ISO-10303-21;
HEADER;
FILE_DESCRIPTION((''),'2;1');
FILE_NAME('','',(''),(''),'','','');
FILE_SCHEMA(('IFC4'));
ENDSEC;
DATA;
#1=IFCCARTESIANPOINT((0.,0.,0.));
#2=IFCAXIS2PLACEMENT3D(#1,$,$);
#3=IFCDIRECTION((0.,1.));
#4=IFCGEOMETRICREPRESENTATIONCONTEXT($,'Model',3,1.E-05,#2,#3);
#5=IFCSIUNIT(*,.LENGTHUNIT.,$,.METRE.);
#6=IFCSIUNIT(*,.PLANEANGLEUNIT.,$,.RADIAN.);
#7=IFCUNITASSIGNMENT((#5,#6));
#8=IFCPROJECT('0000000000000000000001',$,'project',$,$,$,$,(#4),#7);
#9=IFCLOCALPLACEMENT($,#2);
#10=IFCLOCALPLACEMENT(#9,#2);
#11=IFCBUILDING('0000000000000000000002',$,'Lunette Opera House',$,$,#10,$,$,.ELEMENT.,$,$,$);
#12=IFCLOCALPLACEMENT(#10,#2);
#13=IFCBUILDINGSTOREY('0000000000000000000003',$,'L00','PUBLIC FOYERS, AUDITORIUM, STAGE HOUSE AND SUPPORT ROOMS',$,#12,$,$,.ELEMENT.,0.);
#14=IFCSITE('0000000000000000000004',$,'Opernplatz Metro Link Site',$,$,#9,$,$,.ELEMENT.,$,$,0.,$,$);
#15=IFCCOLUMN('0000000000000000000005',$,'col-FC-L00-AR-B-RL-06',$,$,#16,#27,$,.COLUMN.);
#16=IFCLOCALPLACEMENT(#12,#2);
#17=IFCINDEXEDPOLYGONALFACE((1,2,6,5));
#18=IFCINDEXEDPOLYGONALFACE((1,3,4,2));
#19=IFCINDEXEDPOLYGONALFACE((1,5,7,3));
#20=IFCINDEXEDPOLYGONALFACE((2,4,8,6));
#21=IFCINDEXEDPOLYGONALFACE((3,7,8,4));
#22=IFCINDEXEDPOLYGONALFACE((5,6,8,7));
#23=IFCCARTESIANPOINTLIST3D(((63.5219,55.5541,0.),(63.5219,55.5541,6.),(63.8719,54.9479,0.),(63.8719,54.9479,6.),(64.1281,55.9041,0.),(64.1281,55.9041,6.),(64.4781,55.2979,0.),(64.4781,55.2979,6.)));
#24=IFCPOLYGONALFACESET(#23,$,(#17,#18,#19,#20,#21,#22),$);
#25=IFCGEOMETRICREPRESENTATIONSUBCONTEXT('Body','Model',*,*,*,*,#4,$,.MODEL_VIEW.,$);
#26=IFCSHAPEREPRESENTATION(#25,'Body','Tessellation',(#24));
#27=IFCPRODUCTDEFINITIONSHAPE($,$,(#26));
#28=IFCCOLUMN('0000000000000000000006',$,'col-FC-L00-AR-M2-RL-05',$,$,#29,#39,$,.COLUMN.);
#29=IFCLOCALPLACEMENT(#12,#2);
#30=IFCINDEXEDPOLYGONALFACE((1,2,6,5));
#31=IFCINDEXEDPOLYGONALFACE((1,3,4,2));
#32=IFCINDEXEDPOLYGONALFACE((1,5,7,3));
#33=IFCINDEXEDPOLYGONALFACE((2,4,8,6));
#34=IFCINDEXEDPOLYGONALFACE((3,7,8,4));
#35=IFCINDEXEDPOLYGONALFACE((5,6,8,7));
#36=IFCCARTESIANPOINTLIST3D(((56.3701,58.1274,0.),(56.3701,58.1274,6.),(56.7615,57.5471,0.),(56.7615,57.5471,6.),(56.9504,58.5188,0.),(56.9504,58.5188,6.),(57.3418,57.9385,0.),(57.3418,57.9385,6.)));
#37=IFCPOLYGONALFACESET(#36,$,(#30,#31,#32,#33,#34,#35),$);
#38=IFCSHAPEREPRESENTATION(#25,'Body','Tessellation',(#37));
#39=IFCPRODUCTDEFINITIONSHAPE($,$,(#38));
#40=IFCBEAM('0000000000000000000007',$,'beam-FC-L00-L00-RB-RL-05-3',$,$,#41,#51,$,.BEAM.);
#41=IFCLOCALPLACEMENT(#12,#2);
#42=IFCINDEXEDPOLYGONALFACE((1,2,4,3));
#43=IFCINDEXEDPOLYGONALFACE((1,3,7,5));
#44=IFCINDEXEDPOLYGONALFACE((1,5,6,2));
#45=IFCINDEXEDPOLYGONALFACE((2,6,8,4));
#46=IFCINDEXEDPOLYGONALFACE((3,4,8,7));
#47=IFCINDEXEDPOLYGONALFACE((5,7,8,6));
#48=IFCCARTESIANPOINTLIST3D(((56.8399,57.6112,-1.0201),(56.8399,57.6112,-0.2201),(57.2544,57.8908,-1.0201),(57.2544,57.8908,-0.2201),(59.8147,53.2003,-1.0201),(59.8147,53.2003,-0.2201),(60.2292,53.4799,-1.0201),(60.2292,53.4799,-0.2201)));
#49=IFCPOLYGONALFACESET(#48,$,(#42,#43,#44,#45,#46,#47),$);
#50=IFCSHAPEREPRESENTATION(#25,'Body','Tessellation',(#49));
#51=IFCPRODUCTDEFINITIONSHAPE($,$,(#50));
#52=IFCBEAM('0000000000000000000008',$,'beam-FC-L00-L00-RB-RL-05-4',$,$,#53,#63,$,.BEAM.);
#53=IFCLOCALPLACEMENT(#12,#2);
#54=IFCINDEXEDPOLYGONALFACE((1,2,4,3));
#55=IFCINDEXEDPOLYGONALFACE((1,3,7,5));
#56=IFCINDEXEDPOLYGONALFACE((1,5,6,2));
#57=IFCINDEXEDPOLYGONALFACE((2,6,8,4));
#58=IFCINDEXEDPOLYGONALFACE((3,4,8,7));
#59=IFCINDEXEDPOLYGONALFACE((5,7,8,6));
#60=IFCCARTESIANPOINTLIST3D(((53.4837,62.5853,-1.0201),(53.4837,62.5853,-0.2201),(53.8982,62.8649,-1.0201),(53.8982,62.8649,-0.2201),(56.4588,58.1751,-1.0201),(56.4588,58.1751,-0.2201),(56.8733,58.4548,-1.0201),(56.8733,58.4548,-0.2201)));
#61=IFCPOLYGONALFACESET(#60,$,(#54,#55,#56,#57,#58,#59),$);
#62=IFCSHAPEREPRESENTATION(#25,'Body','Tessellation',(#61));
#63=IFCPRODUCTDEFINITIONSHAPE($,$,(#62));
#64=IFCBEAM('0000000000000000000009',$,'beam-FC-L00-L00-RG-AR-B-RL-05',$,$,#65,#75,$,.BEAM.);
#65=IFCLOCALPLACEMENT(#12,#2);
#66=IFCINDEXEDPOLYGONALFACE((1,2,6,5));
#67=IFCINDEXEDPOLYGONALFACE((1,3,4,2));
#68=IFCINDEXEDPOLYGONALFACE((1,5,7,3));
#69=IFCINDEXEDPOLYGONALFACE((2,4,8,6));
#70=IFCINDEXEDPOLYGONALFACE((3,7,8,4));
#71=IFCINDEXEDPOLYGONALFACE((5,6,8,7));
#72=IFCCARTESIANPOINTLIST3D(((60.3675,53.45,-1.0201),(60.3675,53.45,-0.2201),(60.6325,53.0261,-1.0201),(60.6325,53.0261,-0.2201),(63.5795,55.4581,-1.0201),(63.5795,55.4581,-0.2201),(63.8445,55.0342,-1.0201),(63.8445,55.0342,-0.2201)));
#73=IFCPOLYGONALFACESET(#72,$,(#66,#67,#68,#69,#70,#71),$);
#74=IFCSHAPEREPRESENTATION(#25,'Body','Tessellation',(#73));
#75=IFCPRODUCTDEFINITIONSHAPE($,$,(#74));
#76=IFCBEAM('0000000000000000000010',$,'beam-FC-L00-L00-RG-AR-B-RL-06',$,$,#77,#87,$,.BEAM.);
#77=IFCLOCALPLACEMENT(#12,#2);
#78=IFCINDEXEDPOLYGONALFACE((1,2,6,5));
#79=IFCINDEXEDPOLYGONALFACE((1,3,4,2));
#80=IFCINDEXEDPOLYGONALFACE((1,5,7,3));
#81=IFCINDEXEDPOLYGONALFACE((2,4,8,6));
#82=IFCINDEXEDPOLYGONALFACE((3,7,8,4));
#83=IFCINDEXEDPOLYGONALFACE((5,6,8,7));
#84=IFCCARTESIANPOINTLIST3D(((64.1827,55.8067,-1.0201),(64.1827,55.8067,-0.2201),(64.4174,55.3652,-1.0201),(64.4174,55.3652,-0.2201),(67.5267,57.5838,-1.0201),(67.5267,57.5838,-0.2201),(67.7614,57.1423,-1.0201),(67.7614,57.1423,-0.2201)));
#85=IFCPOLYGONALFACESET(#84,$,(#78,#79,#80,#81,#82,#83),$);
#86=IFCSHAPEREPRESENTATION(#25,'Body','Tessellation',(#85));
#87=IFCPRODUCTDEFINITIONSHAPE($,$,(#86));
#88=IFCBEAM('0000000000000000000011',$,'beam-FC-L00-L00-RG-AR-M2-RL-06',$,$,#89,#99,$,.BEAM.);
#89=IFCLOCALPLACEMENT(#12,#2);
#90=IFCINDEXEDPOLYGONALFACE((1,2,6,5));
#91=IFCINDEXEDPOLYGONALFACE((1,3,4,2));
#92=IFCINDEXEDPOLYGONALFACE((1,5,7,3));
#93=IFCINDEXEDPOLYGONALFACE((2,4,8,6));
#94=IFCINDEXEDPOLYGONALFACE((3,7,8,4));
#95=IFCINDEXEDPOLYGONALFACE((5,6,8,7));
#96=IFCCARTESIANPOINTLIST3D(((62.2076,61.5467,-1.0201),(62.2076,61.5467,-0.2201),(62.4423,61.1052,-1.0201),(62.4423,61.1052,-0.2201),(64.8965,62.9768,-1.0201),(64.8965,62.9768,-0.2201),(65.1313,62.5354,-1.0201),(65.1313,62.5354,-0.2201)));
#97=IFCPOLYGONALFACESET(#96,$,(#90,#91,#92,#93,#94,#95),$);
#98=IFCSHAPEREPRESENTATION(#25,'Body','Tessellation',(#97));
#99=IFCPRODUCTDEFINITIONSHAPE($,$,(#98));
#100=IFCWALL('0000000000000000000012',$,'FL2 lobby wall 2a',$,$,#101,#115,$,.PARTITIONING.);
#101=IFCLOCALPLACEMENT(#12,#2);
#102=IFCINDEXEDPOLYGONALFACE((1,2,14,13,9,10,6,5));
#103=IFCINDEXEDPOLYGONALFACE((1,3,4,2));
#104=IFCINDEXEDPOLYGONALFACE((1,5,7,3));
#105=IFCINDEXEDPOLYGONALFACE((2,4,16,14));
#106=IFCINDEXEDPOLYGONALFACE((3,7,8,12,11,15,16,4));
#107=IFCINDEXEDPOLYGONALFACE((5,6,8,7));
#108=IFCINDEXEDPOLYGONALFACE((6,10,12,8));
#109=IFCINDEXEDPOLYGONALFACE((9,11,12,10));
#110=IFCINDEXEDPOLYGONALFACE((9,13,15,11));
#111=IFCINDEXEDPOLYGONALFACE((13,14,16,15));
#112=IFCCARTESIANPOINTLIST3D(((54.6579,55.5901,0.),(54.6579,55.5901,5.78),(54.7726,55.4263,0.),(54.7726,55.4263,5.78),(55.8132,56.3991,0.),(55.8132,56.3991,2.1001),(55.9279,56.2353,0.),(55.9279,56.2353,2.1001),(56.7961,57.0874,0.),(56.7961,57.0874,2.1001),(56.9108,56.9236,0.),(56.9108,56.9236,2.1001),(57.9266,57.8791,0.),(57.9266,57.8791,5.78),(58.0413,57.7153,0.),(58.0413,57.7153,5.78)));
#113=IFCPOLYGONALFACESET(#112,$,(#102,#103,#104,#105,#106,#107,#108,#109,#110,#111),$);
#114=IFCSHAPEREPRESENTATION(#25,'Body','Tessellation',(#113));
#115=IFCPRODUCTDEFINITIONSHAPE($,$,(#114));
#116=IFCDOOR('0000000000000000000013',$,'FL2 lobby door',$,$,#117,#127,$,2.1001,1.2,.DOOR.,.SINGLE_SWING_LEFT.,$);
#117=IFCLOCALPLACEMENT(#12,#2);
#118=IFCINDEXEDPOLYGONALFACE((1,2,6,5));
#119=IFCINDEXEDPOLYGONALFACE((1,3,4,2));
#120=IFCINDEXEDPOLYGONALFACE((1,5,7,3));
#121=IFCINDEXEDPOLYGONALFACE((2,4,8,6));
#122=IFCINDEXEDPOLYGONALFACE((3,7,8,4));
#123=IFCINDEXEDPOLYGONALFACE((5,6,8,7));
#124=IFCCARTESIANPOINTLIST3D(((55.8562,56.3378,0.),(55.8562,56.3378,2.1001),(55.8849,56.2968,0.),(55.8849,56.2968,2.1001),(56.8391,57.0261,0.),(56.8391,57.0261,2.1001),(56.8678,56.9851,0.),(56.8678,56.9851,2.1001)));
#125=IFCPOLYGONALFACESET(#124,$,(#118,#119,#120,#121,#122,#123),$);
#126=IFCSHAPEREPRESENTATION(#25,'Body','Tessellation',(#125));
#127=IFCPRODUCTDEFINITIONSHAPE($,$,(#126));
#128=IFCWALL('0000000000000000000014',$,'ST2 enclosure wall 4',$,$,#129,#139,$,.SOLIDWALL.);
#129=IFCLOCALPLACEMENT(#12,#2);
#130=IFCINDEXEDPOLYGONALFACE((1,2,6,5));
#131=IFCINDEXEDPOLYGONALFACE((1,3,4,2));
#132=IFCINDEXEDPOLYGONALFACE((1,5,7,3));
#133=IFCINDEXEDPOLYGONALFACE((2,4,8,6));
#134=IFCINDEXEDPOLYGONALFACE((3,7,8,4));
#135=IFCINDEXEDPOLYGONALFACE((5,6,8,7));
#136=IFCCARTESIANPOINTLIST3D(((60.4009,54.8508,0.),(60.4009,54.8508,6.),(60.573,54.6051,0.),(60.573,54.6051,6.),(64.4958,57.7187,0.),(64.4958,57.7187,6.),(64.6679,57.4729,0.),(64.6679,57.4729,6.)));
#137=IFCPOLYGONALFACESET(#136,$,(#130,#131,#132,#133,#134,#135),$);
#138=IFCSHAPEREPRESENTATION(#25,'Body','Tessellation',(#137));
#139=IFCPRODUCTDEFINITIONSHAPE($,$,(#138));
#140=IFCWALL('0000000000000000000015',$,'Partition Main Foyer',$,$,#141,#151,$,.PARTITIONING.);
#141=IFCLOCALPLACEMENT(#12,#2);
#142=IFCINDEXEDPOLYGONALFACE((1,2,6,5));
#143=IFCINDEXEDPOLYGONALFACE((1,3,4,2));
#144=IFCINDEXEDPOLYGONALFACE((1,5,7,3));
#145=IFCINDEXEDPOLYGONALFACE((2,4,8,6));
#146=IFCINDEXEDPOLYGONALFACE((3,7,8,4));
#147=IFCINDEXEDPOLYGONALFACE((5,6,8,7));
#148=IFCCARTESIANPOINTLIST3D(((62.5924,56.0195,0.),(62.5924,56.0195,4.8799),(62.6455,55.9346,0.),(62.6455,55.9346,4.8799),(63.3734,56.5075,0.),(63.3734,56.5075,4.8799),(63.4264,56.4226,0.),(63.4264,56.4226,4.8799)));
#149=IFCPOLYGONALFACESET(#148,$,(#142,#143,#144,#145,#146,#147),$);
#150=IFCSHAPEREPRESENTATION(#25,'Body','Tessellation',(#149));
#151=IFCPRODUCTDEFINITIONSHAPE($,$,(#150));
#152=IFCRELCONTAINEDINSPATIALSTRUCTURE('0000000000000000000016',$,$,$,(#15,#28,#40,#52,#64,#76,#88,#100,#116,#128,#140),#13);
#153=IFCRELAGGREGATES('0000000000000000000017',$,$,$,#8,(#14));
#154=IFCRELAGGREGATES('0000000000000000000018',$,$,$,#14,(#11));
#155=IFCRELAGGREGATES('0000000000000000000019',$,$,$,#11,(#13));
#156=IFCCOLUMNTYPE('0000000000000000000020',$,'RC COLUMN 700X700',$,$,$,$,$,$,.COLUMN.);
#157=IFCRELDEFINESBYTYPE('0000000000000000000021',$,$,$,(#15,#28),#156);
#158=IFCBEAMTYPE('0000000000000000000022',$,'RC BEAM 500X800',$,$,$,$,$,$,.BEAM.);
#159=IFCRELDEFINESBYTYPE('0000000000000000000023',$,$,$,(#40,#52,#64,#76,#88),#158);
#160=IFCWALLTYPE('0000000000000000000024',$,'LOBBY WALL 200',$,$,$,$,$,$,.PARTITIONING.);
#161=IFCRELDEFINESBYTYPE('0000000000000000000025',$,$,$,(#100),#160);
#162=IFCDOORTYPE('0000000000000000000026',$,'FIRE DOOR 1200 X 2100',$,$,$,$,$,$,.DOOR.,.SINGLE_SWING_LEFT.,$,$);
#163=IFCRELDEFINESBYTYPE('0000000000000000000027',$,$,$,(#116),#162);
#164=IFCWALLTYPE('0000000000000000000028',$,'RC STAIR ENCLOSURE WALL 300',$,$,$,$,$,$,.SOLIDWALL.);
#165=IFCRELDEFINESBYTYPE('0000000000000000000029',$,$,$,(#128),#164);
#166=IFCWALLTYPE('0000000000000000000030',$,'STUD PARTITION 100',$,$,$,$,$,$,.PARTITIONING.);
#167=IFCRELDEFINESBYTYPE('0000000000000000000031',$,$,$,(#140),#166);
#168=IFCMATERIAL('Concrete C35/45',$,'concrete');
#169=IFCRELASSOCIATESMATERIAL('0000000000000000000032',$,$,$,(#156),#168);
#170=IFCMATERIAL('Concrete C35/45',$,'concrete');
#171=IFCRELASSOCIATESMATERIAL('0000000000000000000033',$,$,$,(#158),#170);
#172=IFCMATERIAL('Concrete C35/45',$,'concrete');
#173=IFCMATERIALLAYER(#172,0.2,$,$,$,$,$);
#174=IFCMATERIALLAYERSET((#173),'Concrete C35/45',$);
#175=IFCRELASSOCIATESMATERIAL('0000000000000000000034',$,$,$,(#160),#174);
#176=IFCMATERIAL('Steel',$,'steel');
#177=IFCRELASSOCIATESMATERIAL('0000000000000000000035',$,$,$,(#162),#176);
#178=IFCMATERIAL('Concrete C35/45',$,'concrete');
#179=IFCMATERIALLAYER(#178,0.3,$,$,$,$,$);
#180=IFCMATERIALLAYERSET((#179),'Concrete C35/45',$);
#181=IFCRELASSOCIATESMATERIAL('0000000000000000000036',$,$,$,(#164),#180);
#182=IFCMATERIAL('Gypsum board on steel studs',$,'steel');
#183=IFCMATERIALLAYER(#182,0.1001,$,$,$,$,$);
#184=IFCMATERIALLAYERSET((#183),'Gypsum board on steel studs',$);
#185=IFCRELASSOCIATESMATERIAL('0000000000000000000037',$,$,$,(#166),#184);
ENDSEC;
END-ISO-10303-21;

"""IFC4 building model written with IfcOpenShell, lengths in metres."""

from ifc_helpers import new_model, si_unit, direction, frame, frame_2d, origin, origin_2d, place, context, subcontext, project, spatial, rectangle, extrude, material, layer, layer_set, material_profile, profile_set, type_object, element, fill, save


model = new_model("IFC4")

# Units and contexts
model_context = context("Model", 3, precision=1e-05, world=origin(), true_north=direction((0.0, 1.0)))
body_context = subcontext(model_context, "Body", "Model", "MODEL_VIEW")
ifc_project = project(units=[si_unit("LENGTHUNIT", "METRE"), si_unit("PLANEANGLEUNIT", "RADIAN")], contexts=[model_context])

# Site, building, storey
site_placement = place(None, origin())
site = spatial("IfcSite", under=ifc_project, at=site_placement, Name="Opernplatz Metro Link Site", CompositionType="ELEMENT", RefElevation=0.0)
building_placement = place(site_placement, origin())
building = spatial("IfcBuilding", under=site, at=building_placement, Name="Lunette Opera House", CompositionType="ELEMENT")
storey_placement = place(building_placement, origin())
storey = spatial("IfcBuildingStorey", under=building, at=storey_placement, Name="L00", Description="PUBLIC FOYERS, AUDITORIUM, STAGE HOUSE AND SUPPORT ROOMS", CompositionType="ELEMENT", Elevation=0.0)

# Columns
ifc_material_1 = material(Name="Concrete C35/45", Category="concrete")
ifc_material_profile_1 = material_profile(ifc_material_1, rectangle(XDim=0.7, YDim=0.7, at=origin_2d()), Name="RC COLUMN 700X700")
ifc_profile_set_1 = profile_set([ifc_material_profile_1], Name="Concrete C35/45")
column_type = type_object("IfcColumnType", Name="RC COLUMN 700X700", PredefinedType="COLUMN", material=ifc_profile_set_1)
for number, where, z_axis, x_axis, name in (
    (1, (64.0, 55.426, 0.0), (0.0, 0.0, 1.0), (0.866025, 0.5, 0.0), "col-FC-L00-AR-B-RL-06"),
    (2, (56.856, 58.033, 0.0), (0.0, 0.0, 1.0), (0.829038, 0.559193, 0.0), "col-FC-L00-AR-M2-RL-05"),
):
    element("IfcColumn", number, at=place(storey_placement, frame(where, z_axis=z_axis, x_axis=x_axis)), inside=storey, type_object=column_type, Name=name, PredefinedType="COLUMN", context=body_context, shape_type="SweptSolid", body=[
        extrude(rectangle(XDim=0.7, YDim=0.7, at=origin_2d()), origin(), (0.0, 0.0, 1.0), 6.0),
    ])

# Beams
ifc_material_2 = material(Name="Concrete C35/45", Category="concrete")
ifc_material_profile_2 = material_profile(ifc_material_2, rectangle(XDim=0.5, YDim=0.8, at=origin_2d()), Name="RC BEAM 500X800")
ifc_profile_set_2 = profile_set([ifc_material_profile_2], Name="Concrete C35/45")
beam_type = type_object("IfcBeamType", Name="RC BEAM 500X800", PredefinedType="BEAM", material=ifc_profile_set_2)
beam_1_placement = place(storey_placement, frame((60.022, 53.3401, -0.6201), z_axis=(-0.55915, 0.829066, 0.0), x_axis=(-0.829066, -0.55915, 0.0)))
element("IfcBeam", 3, at=beam_1_placement, inside=storey, type_object=beam_type, Name="beam-FC-L00-L00-RB-RL-05-3", PredefinedType="BEAM", context=body_context, shape_type="SweptSolid", body=[
    extrude(rectangle(XDim=0.5, YDim=0.8, at=origin_2d()), origin(), (0.0, 0.0, 1.0), 5.3203),
])
beam_2_placement = place(storey_placement, frame((56.666, 58.3149, -0.6201), z_axis=(-0.559246, 0.829002, 0.0), x_axis=(-0.829002, -0.559246, 0.0)))
element("IfcBeam", 4, at=beam_2_placement, inside=storey, type_object=beam_type, Name="beam-FC-L00-L00-RB-RL-05-4", PredefinedType="BEAM", context=body_context, shape_type="SweptSolid", body=[
    extrude(rectangle(XDim=0.5, YDim=0.8, at=origin_2d()), origin(), (0.0, 0.0, 1.0), 5.3198),
])
beam_3_placement = place(storey_placement, frame((60.5, 53.238, -0.6201), z_axis=(0.847926, 0.530115, 0.0), x_axis=(-0.530115, 0.847926, 0.0)))
element("IfcBeam", 5, at=beam_3_placement, inside=storey, type_object=beam_type, Name="beam-FC-L00-L00-RG-AR-B-RL-05", PredefinedType="BEAM", context=body_context, shape_type="SweptSolid", body=[
    extrude(rectangle(XDim=0.5, YDim=0.8, at=origin_2d()), origin(), (0.0, 0.0, 1.0), 3.7881),
])
beam_4_placement = place(storey_placement, frame((64.3, 55.5859, -0.6201), z_axis=(0.88305, 0.469279, 0.0), x_axis=(-0.469279, 0.88305, 0.0)))
element("IfcBeam", 6, at=beam_4_placement, inside=storey, type_object=beam_type, Name="beam-FC-L00-L00-RG-AR-B-RL-06", PredefinedType="BEAM", context=body_context, shape_type="SweptSolid", body=[
    extrude(rectangle(XDim=0.5, YDim=0.8, at=origin_2d()), origin(), (0.0, 0.0, 1.0), 3.7869),
])
beam_5_placement = place(storey_placement, frame((62.325, 61.3259, -0.6201), z_axis=(0.882889, 0.469581, 0.0), x_axis=(-0.469581, 0.882889, 0.0)))
element("IfcBeam", 7, at=beam_5_placement, inside=storey, type_object=beam_type, Name="beam-FC-L00-L00-RG-AR-M2-RL-06", PredefinedType="BEAM", context=body_context, shape_type="SweptSolid", body=[
    extrude(rectangle(XDim=0.5, YDim=0.8, at=origin_2d()), origin(), (0.0, 0.0, 1.0), 3.0457),
])

# Wall, opening, door
ifc_material_3 = material(Name="Concrete C35/45", Category="concrete")
ifc_layer_1 = layer(ifc_material_3, 0.2)
ifc_layer_set_1 = layer_set([ifc_layer_1], Name="Concrete C35/45")
wall_type_1 = type_object("IfcWallType", Name="LOBBY WALL 200", PredefinedType="PARTITIONING", material=ifc_layer_set_1)
wall_1_placement = place(storey_placement, frame((57.9839, 57.7971, 0.0), z_axis=(0.0, 0.0, 1.0), x_axis=(-0.819126, -0.573614, 0.0)))
wall_1 = element("IfcWall", 8, at=wall_1_placement, inside=storey, type_object=wall_type_1, Name="FL2 lobby wall 2a", PredefinedType="PARTITIONING", context=body_context, shape_type="SweptSolid", body=[
    extrude(rectangle(XDim=3.9905, YDim=0.2, at=frame_2d((1.9951, 0.0))), origin(), (0.0, 0.0, 1.0), 5.78),
])
opening_placement = place(wall_1_placement, frame((1.3799, 0.0, 0.0)))
opening = element("IfcOpeningElement", 9, at=opening_placement, cuts=wall_1, PredefinedType="OPENING", context=body_context, shape_type="SweptSolid", body=[
    extrude(rectangle(XDim=1.2, YDim=2.1001, at=frame_2d((0.6001, 1.05))), frame((0.0, 0.1121, 0.0), z_axis=(0.0, -1.0, 0.0), x_axis=(1.0, 0.0, 0.0)), (0.0, 0.0, 1.0), 0.2239),
])
ifc_material_4 = material(Name="Steel", Category="steel")
door_type = type_object("IfcDoorType", Name="FIRE DOOR 1200 X 2100", OperationType="SINGLE_SWING_LEFT", PredefinedType="DOOR", material=ifc_material_4)
door_placement = place(opening_placement, origin())
door = element("IfcDoor", 10, at=door_placement, inside=storey, type_object=door_type, Name="FL2 lobby door", OperationType="SINGLE_SWING_LEFT", OverallHeight=2.1001, OverallWidth=1.2, PredefinedType="DOOR", context=body_context, shape_type="SweptSolid", body=[
    extrude(rectangle(XDim=1.2, YDim=2.1001, at=frame_2d((0.6001, 1.05))), frame((0.0, 0.0249, 0.0), z_axis=(0.0, -1.0, 0.0), x_axis=(1.0, 0.0, 0.0)), (0.0, 0.0, 1.0), 0.05),
])
fill(opening, door)

# Walls
ifc_material_5 = material(Name="Concrete C35/45", Category="concrete")
ifc_layer_2 = layer(ifc_material_5, 0.3)
ifc_layer_set_2 = layer_set([ifc_layer_2], Name="Concrete C35/45")
wall_type_2 = type_object("IfcWallType", Name="RC STAIR ENCLOSURE WALL 300", PredefinedType="SOLIDWALL", material=ifc_layer_set_2)
wall_2_placement = place(storey_placement, frame((60.4871, 54.728, 0.0), z_axis=(0.0, 0.0, 1.0), x_axis=(0.819097, 0.573656, 0.0)))
element("IfcWall", 11, at=wall_2_placement, inside=storey, type_object=wall_type_2, Name="ST2 enclosure wall 4", PredefinedType="SOLIDWALL", context=body_context, shape_type="SweptSolid", body=[
    extrude(rectangle(XDim=4.9993, YDim=0.3, at=frame_2d((2.4995, 0.0))), origin(), (0.0, 0.0, 1.0), 6.0),
])
ifc_material_6 = material(Name="Gypsum board on steel studs", Category="steel")
ifc_layer_3 = layer(ifc_material_6, 0.1001)
ifc_layer_set_3 = layer_set([ifc_layer_3], Name="Gypsum board on steel studs")
wall_type_3 = type_object("IfcWallType", Name="STUD PARTITION 100", PredefinedType="PARTITIONING", material=ifc_layer_set_3)
wall_3_placement = place(storey_placement, frame((63.3999, 56.4651, 0.0), z_axis=(0.0, 0.0, 1.0), x_axis=(-0.848043, -0.529927, 0.0)))
element("IfcWall", 12, at=wall_3_placement, inside=storey, type_object=wall_type_3, Name="Partition Main Foyer", PredefinedType="PARTITIONING", context=body_context, shape_type="SweptSolid", body=[
    extrude(rectangle(XDim=0.9209, YDim=0.1001, at=frame_2d((0.4604, 0.0))), origin(), (0.0, 0.0, 1.0), 4.8799),
])

save(model, "model.ifc")
